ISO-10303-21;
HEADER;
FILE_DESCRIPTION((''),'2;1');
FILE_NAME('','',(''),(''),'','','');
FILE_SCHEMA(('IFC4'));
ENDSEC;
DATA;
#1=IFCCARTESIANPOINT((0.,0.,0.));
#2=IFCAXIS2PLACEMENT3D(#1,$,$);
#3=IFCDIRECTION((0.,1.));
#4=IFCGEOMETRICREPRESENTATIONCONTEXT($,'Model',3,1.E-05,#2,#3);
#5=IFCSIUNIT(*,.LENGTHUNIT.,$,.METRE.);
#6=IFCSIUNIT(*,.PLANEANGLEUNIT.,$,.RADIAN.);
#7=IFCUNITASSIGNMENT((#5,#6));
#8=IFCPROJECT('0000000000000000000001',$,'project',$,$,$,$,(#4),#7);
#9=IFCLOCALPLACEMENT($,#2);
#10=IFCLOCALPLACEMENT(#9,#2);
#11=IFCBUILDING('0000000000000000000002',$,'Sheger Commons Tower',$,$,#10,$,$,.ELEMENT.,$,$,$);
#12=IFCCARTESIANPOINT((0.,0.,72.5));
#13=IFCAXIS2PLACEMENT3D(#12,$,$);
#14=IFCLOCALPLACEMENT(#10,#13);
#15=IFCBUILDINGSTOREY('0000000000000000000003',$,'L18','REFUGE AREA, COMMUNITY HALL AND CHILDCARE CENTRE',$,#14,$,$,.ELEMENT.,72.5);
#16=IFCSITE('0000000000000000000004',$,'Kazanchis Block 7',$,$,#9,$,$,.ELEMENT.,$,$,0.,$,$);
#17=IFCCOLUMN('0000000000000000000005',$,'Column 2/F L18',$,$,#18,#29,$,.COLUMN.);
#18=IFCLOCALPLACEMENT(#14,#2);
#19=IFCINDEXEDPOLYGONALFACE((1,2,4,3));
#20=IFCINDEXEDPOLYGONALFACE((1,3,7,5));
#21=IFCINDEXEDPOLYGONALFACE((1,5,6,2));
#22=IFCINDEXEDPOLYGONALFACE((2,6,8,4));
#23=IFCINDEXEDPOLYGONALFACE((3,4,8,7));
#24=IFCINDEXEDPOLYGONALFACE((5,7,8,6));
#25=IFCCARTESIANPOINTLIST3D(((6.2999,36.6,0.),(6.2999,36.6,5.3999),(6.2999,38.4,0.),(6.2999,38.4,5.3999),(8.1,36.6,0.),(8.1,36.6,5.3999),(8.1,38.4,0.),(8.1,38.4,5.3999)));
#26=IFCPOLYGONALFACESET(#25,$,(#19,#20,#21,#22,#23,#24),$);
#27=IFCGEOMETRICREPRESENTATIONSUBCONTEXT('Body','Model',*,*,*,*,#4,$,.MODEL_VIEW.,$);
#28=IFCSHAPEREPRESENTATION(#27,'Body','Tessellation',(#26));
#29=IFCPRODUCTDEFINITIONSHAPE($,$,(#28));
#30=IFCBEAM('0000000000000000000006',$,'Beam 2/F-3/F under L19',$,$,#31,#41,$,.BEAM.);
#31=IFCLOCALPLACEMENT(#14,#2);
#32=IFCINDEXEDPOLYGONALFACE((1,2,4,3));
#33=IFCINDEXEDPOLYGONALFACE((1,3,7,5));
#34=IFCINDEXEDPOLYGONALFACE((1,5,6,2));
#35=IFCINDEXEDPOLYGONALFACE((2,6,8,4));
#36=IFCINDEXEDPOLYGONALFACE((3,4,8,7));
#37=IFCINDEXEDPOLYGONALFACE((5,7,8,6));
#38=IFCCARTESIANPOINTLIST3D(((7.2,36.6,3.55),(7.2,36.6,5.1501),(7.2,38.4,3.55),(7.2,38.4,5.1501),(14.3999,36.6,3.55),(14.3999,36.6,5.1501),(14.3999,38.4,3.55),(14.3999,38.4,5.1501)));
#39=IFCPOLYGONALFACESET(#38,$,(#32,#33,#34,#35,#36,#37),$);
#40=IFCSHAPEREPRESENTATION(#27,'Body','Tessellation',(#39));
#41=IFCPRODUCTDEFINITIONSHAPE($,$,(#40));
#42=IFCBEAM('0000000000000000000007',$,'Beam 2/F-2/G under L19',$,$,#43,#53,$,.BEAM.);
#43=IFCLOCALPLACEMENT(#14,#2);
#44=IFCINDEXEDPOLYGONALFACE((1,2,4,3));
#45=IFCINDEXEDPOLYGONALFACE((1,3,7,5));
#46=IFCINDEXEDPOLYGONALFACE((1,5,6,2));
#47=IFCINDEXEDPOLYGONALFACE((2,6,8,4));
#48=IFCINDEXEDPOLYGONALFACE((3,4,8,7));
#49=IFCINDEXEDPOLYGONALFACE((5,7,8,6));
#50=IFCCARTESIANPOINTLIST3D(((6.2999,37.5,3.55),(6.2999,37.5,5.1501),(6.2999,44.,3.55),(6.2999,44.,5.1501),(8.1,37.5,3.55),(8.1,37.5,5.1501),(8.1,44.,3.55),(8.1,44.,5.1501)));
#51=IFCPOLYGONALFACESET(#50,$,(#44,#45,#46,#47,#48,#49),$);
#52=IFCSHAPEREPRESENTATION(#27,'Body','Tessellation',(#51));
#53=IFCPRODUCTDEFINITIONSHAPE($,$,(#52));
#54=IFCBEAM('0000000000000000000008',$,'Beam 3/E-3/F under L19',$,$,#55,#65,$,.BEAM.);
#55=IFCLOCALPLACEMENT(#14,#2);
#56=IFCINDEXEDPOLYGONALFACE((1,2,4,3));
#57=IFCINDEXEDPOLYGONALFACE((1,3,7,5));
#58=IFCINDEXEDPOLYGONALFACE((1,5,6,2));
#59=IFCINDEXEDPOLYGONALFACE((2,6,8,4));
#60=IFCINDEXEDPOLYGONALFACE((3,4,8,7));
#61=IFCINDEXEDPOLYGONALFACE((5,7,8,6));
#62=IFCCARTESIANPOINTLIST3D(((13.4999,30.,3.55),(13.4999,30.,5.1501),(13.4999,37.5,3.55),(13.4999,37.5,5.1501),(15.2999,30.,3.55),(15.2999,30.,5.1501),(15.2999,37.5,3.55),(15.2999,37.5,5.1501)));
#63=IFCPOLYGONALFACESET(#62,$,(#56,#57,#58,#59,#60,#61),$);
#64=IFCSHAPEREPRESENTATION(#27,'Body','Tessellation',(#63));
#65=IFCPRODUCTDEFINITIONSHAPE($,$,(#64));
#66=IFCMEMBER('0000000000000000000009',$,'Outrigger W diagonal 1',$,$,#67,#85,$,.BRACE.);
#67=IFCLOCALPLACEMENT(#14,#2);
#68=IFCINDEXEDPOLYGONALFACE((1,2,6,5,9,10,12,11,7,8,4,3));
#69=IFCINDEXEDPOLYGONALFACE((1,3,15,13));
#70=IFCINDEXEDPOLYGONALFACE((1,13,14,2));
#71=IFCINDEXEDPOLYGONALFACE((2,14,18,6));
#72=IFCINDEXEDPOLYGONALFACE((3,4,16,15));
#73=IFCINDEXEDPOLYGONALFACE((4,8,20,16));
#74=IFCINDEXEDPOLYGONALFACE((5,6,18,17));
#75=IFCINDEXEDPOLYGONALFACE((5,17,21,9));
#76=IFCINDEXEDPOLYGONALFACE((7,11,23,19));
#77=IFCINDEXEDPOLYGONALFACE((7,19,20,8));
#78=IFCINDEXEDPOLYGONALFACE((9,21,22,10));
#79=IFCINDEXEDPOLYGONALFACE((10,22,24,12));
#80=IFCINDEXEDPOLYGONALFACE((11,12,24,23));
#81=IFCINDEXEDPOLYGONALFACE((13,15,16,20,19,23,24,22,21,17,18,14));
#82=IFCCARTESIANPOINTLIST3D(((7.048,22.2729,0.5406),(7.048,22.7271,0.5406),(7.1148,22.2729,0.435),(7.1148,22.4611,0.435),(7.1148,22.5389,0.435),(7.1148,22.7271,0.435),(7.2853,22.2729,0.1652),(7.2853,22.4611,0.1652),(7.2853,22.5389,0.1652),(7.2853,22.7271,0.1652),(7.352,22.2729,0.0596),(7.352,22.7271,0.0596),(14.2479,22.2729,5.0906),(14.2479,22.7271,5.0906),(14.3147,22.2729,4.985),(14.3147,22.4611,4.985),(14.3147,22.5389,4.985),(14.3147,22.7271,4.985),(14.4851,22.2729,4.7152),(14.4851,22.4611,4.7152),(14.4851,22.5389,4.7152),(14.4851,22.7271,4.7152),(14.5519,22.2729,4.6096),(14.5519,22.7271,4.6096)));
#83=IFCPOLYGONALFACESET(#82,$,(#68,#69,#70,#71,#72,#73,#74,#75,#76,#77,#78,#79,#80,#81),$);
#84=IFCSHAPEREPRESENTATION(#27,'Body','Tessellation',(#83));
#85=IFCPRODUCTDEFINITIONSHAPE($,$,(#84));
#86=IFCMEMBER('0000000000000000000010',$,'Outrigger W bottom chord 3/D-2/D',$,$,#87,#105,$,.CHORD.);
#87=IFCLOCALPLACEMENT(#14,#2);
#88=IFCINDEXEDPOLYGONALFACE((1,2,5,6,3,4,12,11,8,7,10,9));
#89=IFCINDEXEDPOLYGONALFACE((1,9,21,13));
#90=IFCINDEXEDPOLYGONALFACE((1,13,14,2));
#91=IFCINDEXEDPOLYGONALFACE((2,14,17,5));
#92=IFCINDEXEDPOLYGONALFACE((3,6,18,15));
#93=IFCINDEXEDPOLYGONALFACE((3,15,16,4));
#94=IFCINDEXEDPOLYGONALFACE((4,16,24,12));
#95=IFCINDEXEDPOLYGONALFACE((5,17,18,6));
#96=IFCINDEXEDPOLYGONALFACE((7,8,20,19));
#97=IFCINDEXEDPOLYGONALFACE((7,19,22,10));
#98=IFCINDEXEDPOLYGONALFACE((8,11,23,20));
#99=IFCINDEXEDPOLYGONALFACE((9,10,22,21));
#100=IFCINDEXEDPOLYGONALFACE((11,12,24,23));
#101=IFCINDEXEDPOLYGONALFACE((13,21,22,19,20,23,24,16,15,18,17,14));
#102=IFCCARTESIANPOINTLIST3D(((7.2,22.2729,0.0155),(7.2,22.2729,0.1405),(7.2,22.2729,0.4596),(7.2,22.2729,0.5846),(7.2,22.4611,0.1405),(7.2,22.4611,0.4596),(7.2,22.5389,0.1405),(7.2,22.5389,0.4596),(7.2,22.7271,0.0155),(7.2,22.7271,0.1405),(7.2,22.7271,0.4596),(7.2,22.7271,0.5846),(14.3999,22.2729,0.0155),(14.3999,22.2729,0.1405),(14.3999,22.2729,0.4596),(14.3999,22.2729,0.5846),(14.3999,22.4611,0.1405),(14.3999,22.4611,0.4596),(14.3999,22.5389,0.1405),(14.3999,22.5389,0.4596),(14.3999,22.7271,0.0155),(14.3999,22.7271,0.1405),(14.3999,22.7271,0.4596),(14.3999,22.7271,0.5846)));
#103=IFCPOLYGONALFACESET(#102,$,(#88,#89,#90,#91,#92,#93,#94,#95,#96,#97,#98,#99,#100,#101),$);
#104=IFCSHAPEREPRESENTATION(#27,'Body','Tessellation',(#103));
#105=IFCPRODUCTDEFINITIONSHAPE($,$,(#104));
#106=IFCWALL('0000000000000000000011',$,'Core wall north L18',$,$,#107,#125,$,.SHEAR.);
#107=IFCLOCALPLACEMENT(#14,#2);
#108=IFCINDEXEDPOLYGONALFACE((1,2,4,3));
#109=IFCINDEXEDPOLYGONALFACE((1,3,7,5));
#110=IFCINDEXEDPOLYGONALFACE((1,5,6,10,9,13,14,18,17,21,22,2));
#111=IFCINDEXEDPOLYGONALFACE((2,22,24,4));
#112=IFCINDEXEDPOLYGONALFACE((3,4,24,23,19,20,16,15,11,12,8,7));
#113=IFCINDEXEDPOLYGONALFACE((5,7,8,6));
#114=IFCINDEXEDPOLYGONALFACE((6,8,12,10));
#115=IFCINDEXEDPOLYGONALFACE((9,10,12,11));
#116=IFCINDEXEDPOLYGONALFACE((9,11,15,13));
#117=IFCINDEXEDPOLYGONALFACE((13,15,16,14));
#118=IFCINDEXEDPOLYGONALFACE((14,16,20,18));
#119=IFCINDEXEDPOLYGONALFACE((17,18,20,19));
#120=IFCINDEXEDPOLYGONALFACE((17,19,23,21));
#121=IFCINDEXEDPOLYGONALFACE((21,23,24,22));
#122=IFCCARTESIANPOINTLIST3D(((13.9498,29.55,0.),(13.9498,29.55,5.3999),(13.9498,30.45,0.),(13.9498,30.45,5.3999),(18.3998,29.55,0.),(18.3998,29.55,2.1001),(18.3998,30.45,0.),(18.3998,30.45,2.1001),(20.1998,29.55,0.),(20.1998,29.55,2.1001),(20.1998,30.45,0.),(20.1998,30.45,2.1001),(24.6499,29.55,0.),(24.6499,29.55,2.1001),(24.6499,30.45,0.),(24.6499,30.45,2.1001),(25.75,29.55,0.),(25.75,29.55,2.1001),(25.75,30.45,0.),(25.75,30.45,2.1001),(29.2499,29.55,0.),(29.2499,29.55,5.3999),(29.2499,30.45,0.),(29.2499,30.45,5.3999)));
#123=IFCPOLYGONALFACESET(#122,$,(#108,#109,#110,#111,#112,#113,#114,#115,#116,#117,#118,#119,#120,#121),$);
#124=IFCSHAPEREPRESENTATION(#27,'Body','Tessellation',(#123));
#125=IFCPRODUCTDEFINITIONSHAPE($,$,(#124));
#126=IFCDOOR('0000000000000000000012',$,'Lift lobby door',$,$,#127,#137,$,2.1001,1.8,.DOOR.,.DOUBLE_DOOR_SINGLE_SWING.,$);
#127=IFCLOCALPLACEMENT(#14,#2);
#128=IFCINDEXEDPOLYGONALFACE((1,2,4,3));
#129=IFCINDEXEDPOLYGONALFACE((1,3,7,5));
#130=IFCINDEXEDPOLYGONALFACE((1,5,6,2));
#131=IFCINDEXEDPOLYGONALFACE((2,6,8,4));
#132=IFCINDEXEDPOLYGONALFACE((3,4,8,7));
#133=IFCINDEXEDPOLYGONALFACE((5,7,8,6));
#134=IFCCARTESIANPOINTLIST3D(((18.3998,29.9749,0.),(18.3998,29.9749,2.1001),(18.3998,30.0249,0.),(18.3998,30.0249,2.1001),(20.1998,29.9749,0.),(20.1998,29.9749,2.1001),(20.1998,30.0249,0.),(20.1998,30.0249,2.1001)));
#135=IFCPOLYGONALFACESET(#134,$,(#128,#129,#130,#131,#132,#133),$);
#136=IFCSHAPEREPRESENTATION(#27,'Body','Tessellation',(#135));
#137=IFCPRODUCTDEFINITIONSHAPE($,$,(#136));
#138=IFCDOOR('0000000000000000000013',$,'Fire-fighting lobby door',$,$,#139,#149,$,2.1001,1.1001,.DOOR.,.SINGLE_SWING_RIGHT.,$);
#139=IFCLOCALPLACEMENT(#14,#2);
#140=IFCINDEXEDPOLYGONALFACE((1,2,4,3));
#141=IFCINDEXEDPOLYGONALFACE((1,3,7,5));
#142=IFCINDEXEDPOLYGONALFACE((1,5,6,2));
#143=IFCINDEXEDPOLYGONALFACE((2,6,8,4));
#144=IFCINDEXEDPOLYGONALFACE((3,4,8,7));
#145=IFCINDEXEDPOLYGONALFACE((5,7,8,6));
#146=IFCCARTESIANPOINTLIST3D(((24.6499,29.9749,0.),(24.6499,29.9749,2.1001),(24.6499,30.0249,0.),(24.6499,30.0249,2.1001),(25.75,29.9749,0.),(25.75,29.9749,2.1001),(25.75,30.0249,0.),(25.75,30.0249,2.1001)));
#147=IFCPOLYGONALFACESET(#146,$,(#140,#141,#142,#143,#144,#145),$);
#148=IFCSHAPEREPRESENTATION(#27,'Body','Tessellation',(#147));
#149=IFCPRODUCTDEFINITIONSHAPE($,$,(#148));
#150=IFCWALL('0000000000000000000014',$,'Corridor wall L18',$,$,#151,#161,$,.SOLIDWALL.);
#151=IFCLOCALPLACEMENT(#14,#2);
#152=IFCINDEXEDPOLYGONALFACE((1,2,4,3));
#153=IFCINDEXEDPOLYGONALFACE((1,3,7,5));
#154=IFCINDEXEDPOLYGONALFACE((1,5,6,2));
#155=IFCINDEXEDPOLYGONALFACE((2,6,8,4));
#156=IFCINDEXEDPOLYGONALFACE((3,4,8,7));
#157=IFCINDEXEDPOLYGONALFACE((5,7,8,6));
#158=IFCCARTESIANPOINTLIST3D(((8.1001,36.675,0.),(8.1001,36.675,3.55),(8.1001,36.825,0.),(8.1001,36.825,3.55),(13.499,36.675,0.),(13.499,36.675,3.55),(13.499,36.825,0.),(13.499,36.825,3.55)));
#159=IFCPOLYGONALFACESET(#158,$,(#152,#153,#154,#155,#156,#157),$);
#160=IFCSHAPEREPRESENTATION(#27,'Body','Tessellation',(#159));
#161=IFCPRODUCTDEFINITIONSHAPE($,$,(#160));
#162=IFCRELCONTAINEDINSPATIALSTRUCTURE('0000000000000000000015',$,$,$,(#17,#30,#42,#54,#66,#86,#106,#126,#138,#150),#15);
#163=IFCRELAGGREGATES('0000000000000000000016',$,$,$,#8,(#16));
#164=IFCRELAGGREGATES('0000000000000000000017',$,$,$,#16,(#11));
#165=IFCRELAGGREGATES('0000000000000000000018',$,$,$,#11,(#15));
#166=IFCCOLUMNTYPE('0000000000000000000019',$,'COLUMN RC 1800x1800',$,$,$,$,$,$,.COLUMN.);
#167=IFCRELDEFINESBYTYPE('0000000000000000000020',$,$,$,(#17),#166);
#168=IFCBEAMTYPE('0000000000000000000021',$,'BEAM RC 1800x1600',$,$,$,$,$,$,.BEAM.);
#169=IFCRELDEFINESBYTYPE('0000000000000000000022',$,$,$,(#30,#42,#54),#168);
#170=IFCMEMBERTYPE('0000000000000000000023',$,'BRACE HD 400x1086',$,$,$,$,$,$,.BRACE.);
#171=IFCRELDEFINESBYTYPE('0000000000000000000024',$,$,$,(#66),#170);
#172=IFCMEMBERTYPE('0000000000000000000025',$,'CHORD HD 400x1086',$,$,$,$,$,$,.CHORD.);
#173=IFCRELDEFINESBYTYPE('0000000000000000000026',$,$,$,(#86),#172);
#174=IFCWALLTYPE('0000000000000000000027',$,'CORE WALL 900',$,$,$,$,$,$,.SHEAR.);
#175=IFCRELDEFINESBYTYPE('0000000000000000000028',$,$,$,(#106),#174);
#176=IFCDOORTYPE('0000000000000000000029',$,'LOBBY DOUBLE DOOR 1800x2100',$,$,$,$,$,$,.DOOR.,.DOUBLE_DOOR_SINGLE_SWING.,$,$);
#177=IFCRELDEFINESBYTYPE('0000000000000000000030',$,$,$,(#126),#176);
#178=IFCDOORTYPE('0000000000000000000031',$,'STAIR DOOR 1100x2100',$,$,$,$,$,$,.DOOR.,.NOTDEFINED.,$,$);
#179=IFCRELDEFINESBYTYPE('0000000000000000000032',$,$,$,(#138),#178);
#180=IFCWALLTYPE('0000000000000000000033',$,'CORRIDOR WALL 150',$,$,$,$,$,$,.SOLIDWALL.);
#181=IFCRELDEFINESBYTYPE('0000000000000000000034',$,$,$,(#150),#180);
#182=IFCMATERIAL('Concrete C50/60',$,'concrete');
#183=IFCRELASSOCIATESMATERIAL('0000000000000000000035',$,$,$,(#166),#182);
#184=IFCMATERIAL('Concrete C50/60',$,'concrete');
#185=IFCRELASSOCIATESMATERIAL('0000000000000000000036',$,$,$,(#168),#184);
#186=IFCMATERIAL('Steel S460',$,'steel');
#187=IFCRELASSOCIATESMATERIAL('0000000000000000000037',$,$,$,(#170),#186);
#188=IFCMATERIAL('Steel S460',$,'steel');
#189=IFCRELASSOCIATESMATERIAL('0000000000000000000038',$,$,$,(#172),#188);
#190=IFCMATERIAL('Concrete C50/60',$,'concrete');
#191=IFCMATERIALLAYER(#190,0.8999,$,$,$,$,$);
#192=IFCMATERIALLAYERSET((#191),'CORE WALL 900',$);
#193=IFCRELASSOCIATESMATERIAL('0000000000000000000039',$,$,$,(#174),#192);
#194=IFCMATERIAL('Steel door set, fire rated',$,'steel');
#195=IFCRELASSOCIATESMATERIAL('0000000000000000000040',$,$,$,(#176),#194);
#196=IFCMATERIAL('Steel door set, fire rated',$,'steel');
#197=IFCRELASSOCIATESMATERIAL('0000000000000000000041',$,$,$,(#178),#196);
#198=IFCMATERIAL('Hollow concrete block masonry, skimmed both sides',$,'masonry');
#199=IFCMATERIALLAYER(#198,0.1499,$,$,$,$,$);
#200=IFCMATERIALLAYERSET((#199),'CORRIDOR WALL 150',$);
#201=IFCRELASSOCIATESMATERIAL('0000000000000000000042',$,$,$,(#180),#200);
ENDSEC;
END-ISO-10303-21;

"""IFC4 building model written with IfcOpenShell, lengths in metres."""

from ifc_helpers import new_model, si_unit, direction, frame, frame_2d, origin, origin_2d, place, context, subcontext, project, spatial, rectangle, i_section, extrude, material, layer, layer_set, material_profile, profile_set, type_object, element, fill, save


model = new_model("IFC4")

# Units and contexts
model_context = context("Model", 3, precision=1e-05, world=origin(), true_north=direction((0.0, 1.0)))
body_context = subcontext(model_context, "Body", "Model", "MODEL_VIEW")
ifc_project = project(units=[si_unit("LENGTHUNIT", "METRE"), si_unit("PLANEANGLEUNIT", "RADIAN")], contexts=[model_context])

# Site, building, storey
site_placement = place(None, origin())
site = spatial("IfcSite", under=ifc_project, at=site_placement, Name="Kazanchis Block 7", CompositionType="ELEMENT", RefElevation=0.0)
building_placement = place(site_placement, origin())
building = spatial("IfcBuilding", under=site, at=building_placement, Name="Sheger Commons Tower", CompositionType="ELEMENT")
storey_placement = place(building_placement, frame((0.0, 0.0, 72.5)))
storey = spatial("IfcBuildingStorey", under=building, at=storey_placement, Name="L18", Description="REFUGE AREA, COMMUNITY HALL AND CHILDCARE CENTRE", CompositionType="ELEMENT", Elevation=72.5)

# Column
ifc_material_1 = material(Name="Concrete C50/60", Category="concrete")
ifc_material_profile_1 = material_profile(ifc_material_1, rectangle(XDim=1.8, YDim=1.8, at=origin_2d()), Name="RC 1800x1800")
ifc_profile_set_1 = profile_set([ifc_material_profile_1], Name="Concrete C50/60")
column_type = type_object("IfcColumnType", Name="COLUMN RC 1800x1800", PredefinedType="COLUMN", material=ifc_profile_set_1)
column_placement = place(storey_placement, frame((7.2, 37.5, 0.0), z_axis=(0.0, 0.0, 1.0), x_axis=(1.0, 0.0, 0.0)))
element("IfcColumn", 1, at=column_placement, inside=storey, type_object=column_type, Name="Column 2/F L18", PredefinedType="COLUMN", context=body_context, shape_type="SweptSolid", body=[
    extrude(rectangle(XDim=1.8, YDim=1.8, at=origin_2d()), origin(), (0.0, 0.0, 1.0), 5.3999),
])

# Beams
ifc_material_2 = material(Name="Concrete C50/60", Category="concrete")
ifc_material_profile_2 = material_profile(ifc_material_2, rectangle(XDim=1.8, YDim=1.6001, at=origin_2d()), Name="RC 1800x1600")
ifc_profile_set_2 = profile_set([ifc_material_profile_2], Name="Concrete C50/60")
beam_type = type_object("IfcBeamType", Name="BEAM RC 1800x1600", PredefinedType="BEAM", material=ifc_profile_set_2)
beam_1_placement = place(storey_placement, frame((7.2, 37.5, 4.3501), z_axis=(1.0, 0.0, 0.0), x_axis=(0.0, 1.0, 0.0)))
element("IfcBeam", 2, at=beam_1_placement, inside=storey, type_object=beam_type, Name="Beam 2/F-3/F under L19", PredefinedType="BEAM", context=body_context, shape_type="SweptSolid", body=[
    extrude(rectangle(XDim=1.8, YDim=1.6001, at=origin_2d()), origin(), (0.0, 0.0, 1.0), 7.2),
])
beam_2_placement = place(storey_placement, frame((7.2, 37.5, 4.3501), z_axis=(0.0, 1.0, 0.0), x_axis=(-1.0, 0.0, 0.0)))
element("IfcBeam", 3, at=beam_2_placement, inside=storey, type_object=beam_type, Name="Beam 2/F-2/G under L19", PredefinedType="BEAM", context=body_context, shape_type="SweptSolid", body=[
    extrude(rectangle(XDim=1.8, YDim=1.6001, at=origin_2d()), origin(), (0.0, 0.0, 1.0), 6.5),
])
beam_3_placement = place(storey_placement, frame((14.3999, 30.0, 4.3501), z_axis=(0.0, 1.0, 0.0), x_axis=(-1.0, 0.0, 0.0)))
element("IfcBeam", 4, at=beam_3_placement, inside=storey, type_object=beam_type, Name="Beam 3/E-3/F under L19", PredefinedType="BEAM", context=body_context, shape_type="SweptSolid", body=[
    extrude(rectangle(XDim=1.8, YDim=1.6001, at=origin_2d()), origin(), (0.0, 0.0, 1.0), 7.5),
])

# Members
ifc_material_3 = material(Name="Steel S460", Category="steel")
ifc_material_profile_3 = material_profile(ifc_material_3, i_section(OverallWidth=0.4541, OverallDepth=0.5691, WebThickness=0.0779, FlangeThickness=0.125, at=origin_2d()), Name="HD 400x1086")
ifc_profile_set_3 = profile_set([ifc_material_profile_3], Name="Steel S460")
member_type_1 = type_object("IfcMemberType", Name="BRACE HD 400x1086", PredefinedType="BRACE", material=ifc_profile_set_3)
member_1_placement = place(storey_placement, frame((14.3999, 22.5, 4.8501), z_axis=(-0.845345, 0.0, -0.534221), x_axis=(0.0, -1.0, 0.0)))
element("IfcMember", 5, at=member_1_placement, inside=storey, type_object=member_type_1, Name="Outrigger W diagonal 1", PredefinedType="BRACE", context=body_context, shape_type="SweptSolid", body=[
    extrude(i_section(OverallWidth=0.4541, OverallDepth=0.5691, WebThickness=0.0779, FlangeThickness=0.125, at=origin_2d()), origin(), (0.0, 0.0, 1.0), 8.5171),
])
ifc_material_4 = material(Name="Steel S460", Category="steel")
ifc_material_profile_4 = material_profile(ifc_material_4, i_section(OverallWidth=0.4541, OverallDepth=0.5691, WebThickness=0.0779, FlangeThickness=0.125, at=origin_2d()), Name="HD 400x1086")
ifc_profile_set_4 = profile_set([ifc_material_profile_4], Name="Steel S460")
member_type_2 = type_object("IfcMemberType", Name="CHORD HD 400x1086", PredefinedType="CHORD", material=ifc_profile_set_4)
member_2_placement = place(storey_placement, frame((14.3999, 22.5, 0.3), z_axis=(-1.0, 0.0, 0.0), x_axis=(0.0, -1.0, 0.0)))
element("IfcMember", 6, at=member_2_placement, inside=storey, type_object=member_type_2, Name="Outrigger W bottom chord 3/D-2/D", PredefinedType="CHORD", context=body_context, shape_type="SweptSolid", body=[
    extrude(i_section(OverallWidth=0.4541, OverallDepth=0.5691, WebThickness=0.0779, FlangeThickness=0.125, at=origin_2d()), origin(), (0.0, 0.0, 1.0), 7.2),
])

# Wall, openings, doors
ifc_material_5 = material(Name="Concrete C50/60", Category="concrete")
ifc_layer_1 = layer(ifc_material_5, 0.8999)
ifc_layer_set_1 = layer_set([ifc_layer_1], Name="CORE WALL 900")
wall_type_1 = type_object("IfcWallType", Name="CORE WALL 900", PredefinedType="SHEAR", material=ifc_layer_set_1)
wall_1_placement = place(storey_placement, frame((13.95, 30.0, 0.0), z_axis=(0.0, 0.0, 1.0), x_axis=(1.0, 0.0, 0.0)))
wall_1 = element("IfcWall", 7, at=wall_1_placement, inside=storey, type_object=wall_type_1, Name="Core wall north L18", PredefinedType="SHEAR", context=body_context, shape_type="SweptSolid", body=[
    extrude(rectangle(XDim=15.3, YDim=0.8999, at=frame_2d((7.6499, 0.0))), origin(), (0.0, 0.0, 1.0), 5.3999),
])
opening_1_placement = place(wall_1_placement, frame((4.45, 0.0, 0.0)))
opening_1 = element("IfcOpeningElement", 8, at=opening_1_placement, cuts=wall_1, PredefinedType="OPENING", context=body_context, shape_type="SweptSolid", body=[
    extrude(rectangle(XDim=1.8, YDim=2.1001, at=frame_2d((0.8999, 1.05))), frame((0.0, 0.46, 0.0), z_axis=(0.0, -1.0, 0.0), x_axis=(1.0, 0.0, 0.0)), (0.0, 0.0, 1.0), 0.9199),
])
opening_2_placement = place(wall_1_placement, frame((10.7, 0.0, 0.0)))
opening_2 = element("IfcOpeningElement", 9, at=opening_2_placement, cuts=wall_1, PredefinedType="OPENING", context=body_context, shape_type="SweptSolid", body=[
    extrude(rectangle(XDim=1.1001, YDim=2.1001, at=frame_2d((0.55, 1.05))), frame((0.0, 0.46, 0.0), z_axis=(0.0, -1.0, 0.0), x_axis=(1.0, 0.0, 0.0)), (0.0, 0.0, 1.0), 0.9199),
])
ifc_material_6 = material(Name="Steel door set, fire rated", Category="steel")
door_type_1 = type_object("IfcDoorType", Name="LOBBY DOUBLE DOOR 1800x2100", OperationType="DOUBLE_DOOR_SINGLE_SWING", PredefinedType="DOOR", material=ifc_material_6)
door_1_placement = place(opening_1_placement, origin())
door_1 = element("IfcDoor", 10, at=door_1_placement, inside=storey, type_object=door_type_1, Name="Lift lobby door", OperationType="DOUBLE_DOOR_SINGLE_SWING", OverallHeight=2.1001, OverallWidth=1.8, PredefinedType="DOOR", context=body_context, shape_type="SweptSolid", body=[
    extrude(rectangle(XDim=1.8, YDim=2.1001, at=frame_2d((0.8999, 1.05))), frame((0.0, 0.0249, 0.0), z_axis=(0.0, -1.0, 0.0), x_axis=(1.0, 0.0, 0.0)), (0.0, 0.0, 1.0), 0.05),
])
fill(opening_1, door_1)
ifc_material_7 = material(Name="Steel door set, fire rated", Category="steel")
door_type_2 = type_object("IfcDoorType", Name="STAIR DOOR 1100x2100", OperationType="NOTDEFINED", PredefinedType="DOOR", material=ifc_material_7)
door_2_placement = place(opening_2_placement, origin())
door_2 = element("IfcDoor", 11, at=door_2_placement, inside=storey, type_object=door_type_2, Name="Fire-fighting lobby door", OperationType="SINGLE_SWING_RIGHT", OverallHeight=2.1001, OverallWidth=1.1001, PredefinedType="DOOR", context=body_context, shape_type="SweptSolid", body=[
    extrude(rectangle(XDim=1.1001, YDim=2.1001, at=frame_2d((0.55, 1.05))), frame((0.0, 0.0249, 0.0), z_axis=(0.0, -1.0, 0.0), x_axis=(1.0, 0.0, 0.0)), (0.0, 0.0, 1.0), 0.05),
])
fill(opening_2, door_2)

# Wall
ifc_material_8 = material(Name="Hollow concrete block masonry, skimmed both sides", Category="masonry")
ifc_layer_2 = layer(ifc_material_8, 0.1499)
ifc_layer_set_2 = layer_set([ifc_layer_2], Name="CORRIDOR WALL 150")
wall_type_2 = type_object("IfcWallType", Name="CORRIDOR WALL 150", PredefinedType="SOLIDWALL", material=ifc_layer_set_2)
wall_2_placement = place(storey_placement, frame((8.1001, 36.75, 0.0), z_axis=(0.0, 0.0, 1.0), x_axis=(1.0, 0.0, 0.0)))
element("IfcWall", 12, at=wall_2_placement, inside=storey, type_object=wall_type_2, Name="Corridor wall L18", PredefinedType="SOLIDWALL", context=body_context, shape_type="SweptSolid", body=[
    extrude(rectangle(XDim=5.3989, YDim=0.1499, at=frame_2d((2.6995, 0.0))), origin(), (0.0, 0.0, 1.0), 3.55),
])

save(model, "model.ifc")
